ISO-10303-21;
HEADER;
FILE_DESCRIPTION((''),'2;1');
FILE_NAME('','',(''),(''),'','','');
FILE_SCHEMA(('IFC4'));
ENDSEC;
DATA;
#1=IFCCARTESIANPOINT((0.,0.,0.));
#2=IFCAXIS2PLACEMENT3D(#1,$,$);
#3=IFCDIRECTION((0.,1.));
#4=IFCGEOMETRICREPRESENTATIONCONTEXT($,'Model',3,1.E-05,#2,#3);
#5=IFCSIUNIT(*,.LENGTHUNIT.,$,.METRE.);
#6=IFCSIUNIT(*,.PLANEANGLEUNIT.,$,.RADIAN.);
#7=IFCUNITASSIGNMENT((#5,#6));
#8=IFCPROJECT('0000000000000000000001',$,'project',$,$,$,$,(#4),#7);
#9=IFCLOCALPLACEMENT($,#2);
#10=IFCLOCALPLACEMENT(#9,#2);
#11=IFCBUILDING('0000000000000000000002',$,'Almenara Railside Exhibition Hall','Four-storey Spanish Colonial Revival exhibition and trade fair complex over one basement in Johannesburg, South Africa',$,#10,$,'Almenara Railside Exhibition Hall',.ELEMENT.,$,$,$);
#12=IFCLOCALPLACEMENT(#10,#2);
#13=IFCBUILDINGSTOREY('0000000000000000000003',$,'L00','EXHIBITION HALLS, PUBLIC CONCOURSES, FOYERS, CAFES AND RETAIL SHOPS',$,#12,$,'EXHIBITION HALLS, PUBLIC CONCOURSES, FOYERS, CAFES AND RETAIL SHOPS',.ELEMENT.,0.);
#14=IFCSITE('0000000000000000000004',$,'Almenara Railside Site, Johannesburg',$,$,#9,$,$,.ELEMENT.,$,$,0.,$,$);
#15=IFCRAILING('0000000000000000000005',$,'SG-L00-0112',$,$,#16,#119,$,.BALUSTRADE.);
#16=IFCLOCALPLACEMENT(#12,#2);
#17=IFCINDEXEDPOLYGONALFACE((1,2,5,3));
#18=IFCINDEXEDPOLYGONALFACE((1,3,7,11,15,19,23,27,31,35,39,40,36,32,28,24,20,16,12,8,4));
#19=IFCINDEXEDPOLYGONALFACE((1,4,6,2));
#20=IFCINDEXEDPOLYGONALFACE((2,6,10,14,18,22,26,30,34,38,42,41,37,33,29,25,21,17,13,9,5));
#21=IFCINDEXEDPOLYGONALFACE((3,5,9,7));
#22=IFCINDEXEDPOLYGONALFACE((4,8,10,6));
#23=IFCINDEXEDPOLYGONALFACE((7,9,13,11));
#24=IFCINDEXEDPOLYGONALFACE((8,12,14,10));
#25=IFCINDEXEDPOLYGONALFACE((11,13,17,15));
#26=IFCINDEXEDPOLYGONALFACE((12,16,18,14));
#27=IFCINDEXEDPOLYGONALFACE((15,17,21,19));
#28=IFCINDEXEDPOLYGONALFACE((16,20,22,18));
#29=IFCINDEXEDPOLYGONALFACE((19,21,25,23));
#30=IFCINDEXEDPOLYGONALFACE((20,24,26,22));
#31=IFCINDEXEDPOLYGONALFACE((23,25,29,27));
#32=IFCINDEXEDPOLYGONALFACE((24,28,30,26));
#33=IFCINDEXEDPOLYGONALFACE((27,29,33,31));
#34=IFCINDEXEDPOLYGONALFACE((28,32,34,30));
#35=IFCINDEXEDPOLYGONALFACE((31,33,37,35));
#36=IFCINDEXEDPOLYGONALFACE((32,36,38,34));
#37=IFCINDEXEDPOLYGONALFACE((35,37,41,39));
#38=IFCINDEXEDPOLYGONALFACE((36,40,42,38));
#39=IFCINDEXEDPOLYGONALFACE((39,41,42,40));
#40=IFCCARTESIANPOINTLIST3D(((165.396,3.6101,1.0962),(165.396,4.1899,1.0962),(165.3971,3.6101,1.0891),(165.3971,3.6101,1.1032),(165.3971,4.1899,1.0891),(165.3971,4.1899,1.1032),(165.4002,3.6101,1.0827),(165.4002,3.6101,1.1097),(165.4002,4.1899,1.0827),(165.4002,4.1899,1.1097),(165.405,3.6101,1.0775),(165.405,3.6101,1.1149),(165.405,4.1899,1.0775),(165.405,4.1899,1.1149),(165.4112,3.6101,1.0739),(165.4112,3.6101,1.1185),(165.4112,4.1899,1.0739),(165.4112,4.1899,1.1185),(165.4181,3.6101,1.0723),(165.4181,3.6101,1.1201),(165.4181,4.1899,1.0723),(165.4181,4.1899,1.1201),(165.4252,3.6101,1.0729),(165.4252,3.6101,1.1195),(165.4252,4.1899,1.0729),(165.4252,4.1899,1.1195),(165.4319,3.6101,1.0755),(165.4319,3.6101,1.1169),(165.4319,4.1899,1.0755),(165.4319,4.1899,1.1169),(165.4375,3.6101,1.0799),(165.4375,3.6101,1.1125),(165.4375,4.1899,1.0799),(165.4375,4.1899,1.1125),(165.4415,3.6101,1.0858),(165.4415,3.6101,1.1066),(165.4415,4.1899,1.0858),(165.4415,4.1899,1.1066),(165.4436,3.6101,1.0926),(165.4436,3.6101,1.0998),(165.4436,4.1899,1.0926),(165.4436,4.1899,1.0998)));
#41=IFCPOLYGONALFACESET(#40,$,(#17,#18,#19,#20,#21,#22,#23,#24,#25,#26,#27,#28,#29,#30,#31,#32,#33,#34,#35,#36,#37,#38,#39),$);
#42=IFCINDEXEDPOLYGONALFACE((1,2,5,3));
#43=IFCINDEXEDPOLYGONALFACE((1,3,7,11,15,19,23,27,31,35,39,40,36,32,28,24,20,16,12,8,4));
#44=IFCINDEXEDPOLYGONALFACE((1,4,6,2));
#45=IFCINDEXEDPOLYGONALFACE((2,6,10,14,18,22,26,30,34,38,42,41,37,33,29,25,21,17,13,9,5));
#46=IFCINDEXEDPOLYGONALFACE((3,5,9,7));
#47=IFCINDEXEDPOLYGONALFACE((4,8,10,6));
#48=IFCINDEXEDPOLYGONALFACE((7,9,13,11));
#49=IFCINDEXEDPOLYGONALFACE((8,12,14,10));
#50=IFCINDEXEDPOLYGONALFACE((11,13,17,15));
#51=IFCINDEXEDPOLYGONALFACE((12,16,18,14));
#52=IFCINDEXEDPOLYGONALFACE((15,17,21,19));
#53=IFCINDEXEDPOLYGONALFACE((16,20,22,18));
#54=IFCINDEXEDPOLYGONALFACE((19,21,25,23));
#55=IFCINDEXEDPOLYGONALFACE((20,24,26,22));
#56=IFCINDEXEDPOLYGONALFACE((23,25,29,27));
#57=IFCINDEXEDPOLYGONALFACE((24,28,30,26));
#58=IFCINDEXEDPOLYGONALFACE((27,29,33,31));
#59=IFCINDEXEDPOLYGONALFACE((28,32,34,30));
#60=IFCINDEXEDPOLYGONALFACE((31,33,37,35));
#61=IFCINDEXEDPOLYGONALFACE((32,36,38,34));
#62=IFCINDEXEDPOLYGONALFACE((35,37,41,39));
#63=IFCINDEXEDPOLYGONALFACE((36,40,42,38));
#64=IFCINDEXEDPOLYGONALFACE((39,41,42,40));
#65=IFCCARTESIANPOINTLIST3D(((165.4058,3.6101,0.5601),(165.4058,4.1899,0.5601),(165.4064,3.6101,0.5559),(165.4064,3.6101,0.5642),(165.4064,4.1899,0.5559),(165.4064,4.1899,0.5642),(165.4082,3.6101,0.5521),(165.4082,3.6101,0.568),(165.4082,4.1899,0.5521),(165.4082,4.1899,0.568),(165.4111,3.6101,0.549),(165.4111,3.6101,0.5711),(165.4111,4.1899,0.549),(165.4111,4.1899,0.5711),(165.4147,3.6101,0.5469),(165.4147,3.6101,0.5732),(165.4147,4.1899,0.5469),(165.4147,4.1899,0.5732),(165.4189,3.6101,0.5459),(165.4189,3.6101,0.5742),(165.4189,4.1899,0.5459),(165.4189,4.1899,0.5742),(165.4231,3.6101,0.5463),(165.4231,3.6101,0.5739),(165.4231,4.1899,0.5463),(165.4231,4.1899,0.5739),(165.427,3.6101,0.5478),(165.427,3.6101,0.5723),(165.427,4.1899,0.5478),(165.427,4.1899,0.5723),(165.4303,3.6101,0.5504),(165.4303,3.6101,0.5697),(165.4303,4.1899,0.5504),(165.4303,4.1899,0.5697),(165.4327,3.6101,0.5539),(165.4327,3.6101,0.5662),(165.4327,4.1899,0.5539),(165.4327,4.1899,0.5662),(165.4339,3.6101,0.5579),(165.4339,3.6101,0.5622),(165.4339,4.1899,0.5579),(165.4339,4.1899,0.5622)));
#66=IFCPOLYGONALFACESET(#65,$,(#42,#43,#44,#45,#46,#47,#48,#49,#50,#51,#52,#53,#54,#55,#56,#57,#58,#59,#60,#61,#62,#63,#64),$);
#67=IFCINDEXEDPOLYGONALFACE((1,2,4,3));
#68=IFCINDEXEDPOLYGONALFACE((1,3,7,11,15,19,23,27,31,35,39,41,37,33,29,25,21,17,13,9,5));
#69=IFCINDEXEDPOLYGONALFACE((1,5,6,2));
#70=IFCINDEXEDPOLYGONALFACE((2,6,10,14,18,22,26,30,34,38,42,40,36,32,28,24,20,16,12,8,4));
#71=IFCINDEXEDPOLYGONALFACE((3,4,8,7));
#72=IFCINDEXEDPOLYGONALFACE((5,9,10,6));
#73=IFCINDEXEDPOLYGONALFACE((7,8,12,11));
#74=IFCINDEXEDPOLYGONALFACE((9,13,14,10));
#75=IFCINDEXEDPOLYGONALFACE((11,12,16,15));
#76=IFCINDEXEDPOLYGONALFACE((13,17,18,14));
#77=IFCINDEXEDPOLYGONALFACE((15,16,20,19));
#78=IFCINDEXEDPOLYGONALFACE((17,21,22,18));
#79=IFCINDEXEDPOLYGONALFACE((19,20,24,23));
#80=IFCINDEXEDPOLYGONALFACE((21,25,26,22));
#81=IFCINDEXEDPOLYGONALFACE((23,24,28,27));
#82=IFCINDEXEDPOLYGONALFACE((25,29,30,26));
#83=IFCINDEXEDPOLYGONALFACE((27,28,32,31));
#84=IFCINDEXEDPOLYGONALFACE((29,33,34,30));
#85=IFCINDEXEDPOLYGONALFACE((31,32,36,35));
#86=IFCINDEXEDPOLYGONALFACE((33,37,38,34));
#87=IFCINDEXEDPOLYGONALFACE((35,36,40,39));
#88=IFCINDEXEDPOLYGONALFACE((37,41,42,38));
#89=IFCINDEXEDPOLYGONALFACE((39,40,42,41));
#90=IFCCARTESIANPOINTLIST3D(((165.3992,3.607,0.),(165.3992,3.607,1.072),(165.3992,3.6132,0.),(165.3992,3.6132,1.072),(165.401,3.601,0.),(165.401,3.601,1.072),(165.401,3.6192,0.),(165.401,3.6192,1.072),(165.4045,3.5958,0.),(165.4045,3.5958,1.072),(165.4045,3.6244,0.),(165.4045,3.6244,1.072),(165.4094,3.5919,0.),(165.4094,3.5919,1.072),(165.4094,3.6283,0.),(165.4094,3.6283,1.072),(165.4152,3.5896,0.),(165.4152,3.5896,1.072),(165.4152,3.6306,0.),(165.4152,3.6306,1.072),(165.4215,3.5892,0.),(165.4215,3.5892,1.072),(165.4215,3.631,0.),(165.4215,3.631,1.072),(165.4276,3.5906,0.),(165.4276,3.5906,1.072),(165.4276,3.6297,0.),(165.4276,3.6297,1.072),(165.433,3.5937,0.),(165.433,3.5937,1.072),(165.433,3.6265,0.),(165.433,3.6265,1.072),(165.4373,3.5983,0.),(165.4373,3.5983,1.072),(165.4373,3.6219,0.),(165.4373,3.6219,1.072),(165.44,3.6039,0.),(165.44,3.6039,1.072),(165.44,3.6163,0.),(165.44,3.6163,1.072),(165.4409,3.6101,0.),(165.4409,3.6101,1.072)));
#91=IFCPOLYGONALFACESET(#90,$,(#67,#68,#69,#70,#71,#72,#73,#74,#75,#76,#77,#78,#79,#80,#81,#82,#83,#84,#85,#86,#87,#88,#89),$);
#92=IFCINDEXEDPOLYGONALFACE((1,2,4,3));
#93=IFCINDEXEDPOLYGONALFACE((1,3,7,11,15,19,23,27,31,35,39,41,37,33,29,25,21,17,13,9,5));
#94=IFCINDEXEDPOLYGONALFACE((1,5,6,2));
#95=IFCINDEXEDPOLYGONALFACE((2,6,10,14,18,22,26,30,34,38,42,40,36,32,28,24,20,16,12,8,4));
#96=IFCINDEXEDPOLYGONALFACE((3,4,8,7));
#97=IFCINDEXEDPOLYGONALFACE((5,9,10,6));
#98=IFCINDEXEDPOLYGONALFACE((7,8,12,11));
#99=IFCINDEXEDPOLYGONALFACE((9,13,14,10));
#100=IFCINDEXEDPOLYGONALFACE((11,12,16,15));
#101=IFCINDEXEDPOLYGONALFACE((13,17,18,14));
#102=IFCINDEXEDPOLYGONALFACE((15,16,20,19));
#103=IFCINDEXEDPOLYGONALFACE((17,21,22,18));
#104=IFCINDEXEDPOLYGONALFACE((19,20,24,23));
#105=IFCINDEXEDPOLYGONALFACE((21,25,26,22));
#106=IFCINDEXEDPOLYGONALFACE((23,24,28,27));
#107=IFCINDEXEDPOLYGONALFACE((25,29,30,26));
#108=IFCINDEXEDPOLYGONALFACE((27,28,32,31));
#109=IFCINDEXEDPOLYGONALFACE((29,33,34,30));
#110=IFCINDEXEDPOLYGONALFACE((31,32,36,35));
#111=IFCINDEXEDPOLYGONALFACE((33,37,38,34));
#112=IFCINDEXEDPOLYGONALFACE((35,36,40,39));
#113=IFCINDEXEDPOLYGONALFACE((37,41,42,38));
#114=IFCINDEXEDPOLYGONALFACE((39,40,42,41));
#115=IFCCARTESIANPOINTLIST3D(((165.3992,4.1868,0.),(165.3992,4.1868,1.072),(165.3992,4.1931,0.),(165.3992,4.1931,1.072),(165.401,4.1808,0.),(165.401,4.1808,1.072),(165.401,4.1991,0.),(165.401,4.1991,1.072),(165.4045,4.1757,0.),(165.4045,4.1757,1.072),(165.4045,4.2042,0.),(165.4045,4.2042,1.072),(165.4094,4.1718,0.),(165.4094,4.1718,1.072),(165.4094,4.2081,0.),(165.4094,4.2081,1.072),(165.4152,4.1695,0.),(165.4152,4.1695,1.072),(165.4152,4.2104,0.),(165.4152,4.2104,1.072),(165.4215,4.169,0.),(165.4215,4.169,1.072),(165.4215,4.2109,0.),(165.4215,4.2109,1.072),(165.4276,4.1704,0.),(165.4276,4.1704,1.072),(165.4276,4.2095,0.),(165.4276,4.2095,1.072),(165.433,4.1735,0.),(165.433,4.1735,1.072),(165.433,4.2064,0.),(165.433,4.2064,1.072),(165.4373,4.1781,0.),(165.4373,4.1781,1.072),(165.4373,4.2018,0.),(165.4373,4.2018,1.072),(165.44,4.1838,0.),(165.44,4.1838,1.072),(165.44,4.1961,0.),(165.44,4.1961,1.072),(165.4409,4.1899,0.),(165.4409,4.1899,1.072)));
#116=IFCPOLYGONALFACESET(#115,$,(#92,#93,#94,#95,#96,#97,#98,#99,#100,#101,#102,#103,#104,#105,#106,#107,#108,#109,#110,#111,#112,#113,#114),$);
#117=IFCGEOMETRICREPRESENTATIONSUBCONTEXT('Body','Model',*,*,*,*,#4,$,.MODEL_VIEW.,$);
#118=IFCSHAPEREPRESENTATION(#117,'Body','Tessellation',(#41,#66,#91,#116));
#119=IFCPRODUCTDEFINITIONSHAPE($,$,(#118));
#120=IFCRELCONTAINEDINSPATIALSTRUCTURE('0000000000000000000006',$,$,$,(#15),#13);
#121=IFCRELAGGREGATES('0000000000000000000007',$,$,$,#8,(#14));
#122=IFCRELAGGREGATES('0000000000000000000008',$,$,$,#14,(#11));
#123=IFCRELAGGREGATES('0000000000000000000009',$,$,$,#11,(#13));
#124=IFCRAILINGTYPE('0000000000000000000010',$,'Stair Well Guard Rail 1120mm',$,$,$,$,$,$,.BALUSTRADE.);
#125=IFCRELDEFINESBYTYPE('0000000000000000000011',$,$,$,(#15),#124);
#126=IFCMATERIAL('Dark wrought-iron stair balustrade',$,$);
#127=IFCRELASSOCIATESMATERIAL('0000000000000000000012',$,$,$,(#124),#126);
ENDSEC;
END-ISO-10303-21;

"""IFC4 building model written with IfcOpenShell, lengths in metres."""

from ifc_helpers import new_model, si_unit, direction, frame, origin, origin_2d, place, context, subcontext, project, spatial, circle, extrude, material, type_object, element, save


model = new_model("IFC4")

# Units and contexts
model_context = context("Model", 3, precision=1e-05, world=origin(), true_north=direction((0.0, 1.0)))
body_context = subcontext(model_context, "Body", "Model", "MODEL_VIEW")
ifc_project = project(units=[si_unit("LENGTHUNIT", "METRE"), si_unit("PLANEANGLEUNIT", "RADIAN")], contexts=[model_context])

# Site, building, storey
site_placement = place(None, origin())
site = spatial("IfcSite", under=ifc_project, at=site_placement, Name="Almenara Railside Site, Johannesburg", CompositionType="ELEMENT", RefElevation=0.0)
building_placement = place(site_placement, origin())
building = spatial("IfcBuilding", under=site, at=building_placement, Name="Almenara Railside Exhibition Hall", Description="Four-storey Spanish Colonial Revival exhibition and trade fair complex over one basement in Johannesburg, South Africa", LongName="Almenara Railside Exhibition Hall", CompositionType="ELEMENT")
storey_placement = place(building_placement, origin())
storey = spatial("IfcBuildingStorey", under=building, at=storey_placement, Name="L00", Description="EXHIBITION HALLS, PUBLIC CONCOURSES, FOYERS, CAFES AND RETAIL SHOPS", LongName="EXHIBITION HALLS, PUBLIC CONCOURSES, FOYERS, CAFES AND RETAIL SHOPS", CompositionType="ELEMENT", Elevation=0.0)

# Railing
ifc_material_1 = material(Name="Dark wrought-iron stair balustrade")
railing_type_1 = type_object("IfcRailingType", Name="Stair Well Guard Rail 1120mm", PredefinedType="BALUSTRADE", material=ifc_material_1)
railing_1_placement = place(storey_placement, frame((165.4199, 3.6101, 0.0)))
element("IfcRailing", 1, at=railing_1_placement, inside=storey, type_object=railing_type_1, Name="SG-L00-0112", PredefinedType="BALUSTRADE", context=body_context, shape_type="SweptSolid", body=[
    extrude(circle(Radius=0.0239, at=origin_2d()), frame((0.0, 0.0, 1.0962), z_axis=(0.0, 1.0, 0.0), x_axis=(-1.0, 0.0, 0.0)), (0.0, 0.0, 1.0), 0.5798),
    extrude(circle(Radius=0.0142, at=origin_2d()), frame((0.0, 0.0, 0.5601), z_axis=(0.0, 1.0, 0.0), x_axis=(-1.0, 0.0, 0.0)), (0.0, 0.0, 1.0), 0.5798),
    extrude(circle(Radius=0.021, at=origin_2d()), origin(), (0.0, 0.0, 1.0), 1.072),
    extrude(circle(Radius=0.021, at=origin_2d()), frame((0.0, 0.5798, 0.0)), (0.0, 0.0, 1.0), 1.072),
])

save(model, "model.ifc")
